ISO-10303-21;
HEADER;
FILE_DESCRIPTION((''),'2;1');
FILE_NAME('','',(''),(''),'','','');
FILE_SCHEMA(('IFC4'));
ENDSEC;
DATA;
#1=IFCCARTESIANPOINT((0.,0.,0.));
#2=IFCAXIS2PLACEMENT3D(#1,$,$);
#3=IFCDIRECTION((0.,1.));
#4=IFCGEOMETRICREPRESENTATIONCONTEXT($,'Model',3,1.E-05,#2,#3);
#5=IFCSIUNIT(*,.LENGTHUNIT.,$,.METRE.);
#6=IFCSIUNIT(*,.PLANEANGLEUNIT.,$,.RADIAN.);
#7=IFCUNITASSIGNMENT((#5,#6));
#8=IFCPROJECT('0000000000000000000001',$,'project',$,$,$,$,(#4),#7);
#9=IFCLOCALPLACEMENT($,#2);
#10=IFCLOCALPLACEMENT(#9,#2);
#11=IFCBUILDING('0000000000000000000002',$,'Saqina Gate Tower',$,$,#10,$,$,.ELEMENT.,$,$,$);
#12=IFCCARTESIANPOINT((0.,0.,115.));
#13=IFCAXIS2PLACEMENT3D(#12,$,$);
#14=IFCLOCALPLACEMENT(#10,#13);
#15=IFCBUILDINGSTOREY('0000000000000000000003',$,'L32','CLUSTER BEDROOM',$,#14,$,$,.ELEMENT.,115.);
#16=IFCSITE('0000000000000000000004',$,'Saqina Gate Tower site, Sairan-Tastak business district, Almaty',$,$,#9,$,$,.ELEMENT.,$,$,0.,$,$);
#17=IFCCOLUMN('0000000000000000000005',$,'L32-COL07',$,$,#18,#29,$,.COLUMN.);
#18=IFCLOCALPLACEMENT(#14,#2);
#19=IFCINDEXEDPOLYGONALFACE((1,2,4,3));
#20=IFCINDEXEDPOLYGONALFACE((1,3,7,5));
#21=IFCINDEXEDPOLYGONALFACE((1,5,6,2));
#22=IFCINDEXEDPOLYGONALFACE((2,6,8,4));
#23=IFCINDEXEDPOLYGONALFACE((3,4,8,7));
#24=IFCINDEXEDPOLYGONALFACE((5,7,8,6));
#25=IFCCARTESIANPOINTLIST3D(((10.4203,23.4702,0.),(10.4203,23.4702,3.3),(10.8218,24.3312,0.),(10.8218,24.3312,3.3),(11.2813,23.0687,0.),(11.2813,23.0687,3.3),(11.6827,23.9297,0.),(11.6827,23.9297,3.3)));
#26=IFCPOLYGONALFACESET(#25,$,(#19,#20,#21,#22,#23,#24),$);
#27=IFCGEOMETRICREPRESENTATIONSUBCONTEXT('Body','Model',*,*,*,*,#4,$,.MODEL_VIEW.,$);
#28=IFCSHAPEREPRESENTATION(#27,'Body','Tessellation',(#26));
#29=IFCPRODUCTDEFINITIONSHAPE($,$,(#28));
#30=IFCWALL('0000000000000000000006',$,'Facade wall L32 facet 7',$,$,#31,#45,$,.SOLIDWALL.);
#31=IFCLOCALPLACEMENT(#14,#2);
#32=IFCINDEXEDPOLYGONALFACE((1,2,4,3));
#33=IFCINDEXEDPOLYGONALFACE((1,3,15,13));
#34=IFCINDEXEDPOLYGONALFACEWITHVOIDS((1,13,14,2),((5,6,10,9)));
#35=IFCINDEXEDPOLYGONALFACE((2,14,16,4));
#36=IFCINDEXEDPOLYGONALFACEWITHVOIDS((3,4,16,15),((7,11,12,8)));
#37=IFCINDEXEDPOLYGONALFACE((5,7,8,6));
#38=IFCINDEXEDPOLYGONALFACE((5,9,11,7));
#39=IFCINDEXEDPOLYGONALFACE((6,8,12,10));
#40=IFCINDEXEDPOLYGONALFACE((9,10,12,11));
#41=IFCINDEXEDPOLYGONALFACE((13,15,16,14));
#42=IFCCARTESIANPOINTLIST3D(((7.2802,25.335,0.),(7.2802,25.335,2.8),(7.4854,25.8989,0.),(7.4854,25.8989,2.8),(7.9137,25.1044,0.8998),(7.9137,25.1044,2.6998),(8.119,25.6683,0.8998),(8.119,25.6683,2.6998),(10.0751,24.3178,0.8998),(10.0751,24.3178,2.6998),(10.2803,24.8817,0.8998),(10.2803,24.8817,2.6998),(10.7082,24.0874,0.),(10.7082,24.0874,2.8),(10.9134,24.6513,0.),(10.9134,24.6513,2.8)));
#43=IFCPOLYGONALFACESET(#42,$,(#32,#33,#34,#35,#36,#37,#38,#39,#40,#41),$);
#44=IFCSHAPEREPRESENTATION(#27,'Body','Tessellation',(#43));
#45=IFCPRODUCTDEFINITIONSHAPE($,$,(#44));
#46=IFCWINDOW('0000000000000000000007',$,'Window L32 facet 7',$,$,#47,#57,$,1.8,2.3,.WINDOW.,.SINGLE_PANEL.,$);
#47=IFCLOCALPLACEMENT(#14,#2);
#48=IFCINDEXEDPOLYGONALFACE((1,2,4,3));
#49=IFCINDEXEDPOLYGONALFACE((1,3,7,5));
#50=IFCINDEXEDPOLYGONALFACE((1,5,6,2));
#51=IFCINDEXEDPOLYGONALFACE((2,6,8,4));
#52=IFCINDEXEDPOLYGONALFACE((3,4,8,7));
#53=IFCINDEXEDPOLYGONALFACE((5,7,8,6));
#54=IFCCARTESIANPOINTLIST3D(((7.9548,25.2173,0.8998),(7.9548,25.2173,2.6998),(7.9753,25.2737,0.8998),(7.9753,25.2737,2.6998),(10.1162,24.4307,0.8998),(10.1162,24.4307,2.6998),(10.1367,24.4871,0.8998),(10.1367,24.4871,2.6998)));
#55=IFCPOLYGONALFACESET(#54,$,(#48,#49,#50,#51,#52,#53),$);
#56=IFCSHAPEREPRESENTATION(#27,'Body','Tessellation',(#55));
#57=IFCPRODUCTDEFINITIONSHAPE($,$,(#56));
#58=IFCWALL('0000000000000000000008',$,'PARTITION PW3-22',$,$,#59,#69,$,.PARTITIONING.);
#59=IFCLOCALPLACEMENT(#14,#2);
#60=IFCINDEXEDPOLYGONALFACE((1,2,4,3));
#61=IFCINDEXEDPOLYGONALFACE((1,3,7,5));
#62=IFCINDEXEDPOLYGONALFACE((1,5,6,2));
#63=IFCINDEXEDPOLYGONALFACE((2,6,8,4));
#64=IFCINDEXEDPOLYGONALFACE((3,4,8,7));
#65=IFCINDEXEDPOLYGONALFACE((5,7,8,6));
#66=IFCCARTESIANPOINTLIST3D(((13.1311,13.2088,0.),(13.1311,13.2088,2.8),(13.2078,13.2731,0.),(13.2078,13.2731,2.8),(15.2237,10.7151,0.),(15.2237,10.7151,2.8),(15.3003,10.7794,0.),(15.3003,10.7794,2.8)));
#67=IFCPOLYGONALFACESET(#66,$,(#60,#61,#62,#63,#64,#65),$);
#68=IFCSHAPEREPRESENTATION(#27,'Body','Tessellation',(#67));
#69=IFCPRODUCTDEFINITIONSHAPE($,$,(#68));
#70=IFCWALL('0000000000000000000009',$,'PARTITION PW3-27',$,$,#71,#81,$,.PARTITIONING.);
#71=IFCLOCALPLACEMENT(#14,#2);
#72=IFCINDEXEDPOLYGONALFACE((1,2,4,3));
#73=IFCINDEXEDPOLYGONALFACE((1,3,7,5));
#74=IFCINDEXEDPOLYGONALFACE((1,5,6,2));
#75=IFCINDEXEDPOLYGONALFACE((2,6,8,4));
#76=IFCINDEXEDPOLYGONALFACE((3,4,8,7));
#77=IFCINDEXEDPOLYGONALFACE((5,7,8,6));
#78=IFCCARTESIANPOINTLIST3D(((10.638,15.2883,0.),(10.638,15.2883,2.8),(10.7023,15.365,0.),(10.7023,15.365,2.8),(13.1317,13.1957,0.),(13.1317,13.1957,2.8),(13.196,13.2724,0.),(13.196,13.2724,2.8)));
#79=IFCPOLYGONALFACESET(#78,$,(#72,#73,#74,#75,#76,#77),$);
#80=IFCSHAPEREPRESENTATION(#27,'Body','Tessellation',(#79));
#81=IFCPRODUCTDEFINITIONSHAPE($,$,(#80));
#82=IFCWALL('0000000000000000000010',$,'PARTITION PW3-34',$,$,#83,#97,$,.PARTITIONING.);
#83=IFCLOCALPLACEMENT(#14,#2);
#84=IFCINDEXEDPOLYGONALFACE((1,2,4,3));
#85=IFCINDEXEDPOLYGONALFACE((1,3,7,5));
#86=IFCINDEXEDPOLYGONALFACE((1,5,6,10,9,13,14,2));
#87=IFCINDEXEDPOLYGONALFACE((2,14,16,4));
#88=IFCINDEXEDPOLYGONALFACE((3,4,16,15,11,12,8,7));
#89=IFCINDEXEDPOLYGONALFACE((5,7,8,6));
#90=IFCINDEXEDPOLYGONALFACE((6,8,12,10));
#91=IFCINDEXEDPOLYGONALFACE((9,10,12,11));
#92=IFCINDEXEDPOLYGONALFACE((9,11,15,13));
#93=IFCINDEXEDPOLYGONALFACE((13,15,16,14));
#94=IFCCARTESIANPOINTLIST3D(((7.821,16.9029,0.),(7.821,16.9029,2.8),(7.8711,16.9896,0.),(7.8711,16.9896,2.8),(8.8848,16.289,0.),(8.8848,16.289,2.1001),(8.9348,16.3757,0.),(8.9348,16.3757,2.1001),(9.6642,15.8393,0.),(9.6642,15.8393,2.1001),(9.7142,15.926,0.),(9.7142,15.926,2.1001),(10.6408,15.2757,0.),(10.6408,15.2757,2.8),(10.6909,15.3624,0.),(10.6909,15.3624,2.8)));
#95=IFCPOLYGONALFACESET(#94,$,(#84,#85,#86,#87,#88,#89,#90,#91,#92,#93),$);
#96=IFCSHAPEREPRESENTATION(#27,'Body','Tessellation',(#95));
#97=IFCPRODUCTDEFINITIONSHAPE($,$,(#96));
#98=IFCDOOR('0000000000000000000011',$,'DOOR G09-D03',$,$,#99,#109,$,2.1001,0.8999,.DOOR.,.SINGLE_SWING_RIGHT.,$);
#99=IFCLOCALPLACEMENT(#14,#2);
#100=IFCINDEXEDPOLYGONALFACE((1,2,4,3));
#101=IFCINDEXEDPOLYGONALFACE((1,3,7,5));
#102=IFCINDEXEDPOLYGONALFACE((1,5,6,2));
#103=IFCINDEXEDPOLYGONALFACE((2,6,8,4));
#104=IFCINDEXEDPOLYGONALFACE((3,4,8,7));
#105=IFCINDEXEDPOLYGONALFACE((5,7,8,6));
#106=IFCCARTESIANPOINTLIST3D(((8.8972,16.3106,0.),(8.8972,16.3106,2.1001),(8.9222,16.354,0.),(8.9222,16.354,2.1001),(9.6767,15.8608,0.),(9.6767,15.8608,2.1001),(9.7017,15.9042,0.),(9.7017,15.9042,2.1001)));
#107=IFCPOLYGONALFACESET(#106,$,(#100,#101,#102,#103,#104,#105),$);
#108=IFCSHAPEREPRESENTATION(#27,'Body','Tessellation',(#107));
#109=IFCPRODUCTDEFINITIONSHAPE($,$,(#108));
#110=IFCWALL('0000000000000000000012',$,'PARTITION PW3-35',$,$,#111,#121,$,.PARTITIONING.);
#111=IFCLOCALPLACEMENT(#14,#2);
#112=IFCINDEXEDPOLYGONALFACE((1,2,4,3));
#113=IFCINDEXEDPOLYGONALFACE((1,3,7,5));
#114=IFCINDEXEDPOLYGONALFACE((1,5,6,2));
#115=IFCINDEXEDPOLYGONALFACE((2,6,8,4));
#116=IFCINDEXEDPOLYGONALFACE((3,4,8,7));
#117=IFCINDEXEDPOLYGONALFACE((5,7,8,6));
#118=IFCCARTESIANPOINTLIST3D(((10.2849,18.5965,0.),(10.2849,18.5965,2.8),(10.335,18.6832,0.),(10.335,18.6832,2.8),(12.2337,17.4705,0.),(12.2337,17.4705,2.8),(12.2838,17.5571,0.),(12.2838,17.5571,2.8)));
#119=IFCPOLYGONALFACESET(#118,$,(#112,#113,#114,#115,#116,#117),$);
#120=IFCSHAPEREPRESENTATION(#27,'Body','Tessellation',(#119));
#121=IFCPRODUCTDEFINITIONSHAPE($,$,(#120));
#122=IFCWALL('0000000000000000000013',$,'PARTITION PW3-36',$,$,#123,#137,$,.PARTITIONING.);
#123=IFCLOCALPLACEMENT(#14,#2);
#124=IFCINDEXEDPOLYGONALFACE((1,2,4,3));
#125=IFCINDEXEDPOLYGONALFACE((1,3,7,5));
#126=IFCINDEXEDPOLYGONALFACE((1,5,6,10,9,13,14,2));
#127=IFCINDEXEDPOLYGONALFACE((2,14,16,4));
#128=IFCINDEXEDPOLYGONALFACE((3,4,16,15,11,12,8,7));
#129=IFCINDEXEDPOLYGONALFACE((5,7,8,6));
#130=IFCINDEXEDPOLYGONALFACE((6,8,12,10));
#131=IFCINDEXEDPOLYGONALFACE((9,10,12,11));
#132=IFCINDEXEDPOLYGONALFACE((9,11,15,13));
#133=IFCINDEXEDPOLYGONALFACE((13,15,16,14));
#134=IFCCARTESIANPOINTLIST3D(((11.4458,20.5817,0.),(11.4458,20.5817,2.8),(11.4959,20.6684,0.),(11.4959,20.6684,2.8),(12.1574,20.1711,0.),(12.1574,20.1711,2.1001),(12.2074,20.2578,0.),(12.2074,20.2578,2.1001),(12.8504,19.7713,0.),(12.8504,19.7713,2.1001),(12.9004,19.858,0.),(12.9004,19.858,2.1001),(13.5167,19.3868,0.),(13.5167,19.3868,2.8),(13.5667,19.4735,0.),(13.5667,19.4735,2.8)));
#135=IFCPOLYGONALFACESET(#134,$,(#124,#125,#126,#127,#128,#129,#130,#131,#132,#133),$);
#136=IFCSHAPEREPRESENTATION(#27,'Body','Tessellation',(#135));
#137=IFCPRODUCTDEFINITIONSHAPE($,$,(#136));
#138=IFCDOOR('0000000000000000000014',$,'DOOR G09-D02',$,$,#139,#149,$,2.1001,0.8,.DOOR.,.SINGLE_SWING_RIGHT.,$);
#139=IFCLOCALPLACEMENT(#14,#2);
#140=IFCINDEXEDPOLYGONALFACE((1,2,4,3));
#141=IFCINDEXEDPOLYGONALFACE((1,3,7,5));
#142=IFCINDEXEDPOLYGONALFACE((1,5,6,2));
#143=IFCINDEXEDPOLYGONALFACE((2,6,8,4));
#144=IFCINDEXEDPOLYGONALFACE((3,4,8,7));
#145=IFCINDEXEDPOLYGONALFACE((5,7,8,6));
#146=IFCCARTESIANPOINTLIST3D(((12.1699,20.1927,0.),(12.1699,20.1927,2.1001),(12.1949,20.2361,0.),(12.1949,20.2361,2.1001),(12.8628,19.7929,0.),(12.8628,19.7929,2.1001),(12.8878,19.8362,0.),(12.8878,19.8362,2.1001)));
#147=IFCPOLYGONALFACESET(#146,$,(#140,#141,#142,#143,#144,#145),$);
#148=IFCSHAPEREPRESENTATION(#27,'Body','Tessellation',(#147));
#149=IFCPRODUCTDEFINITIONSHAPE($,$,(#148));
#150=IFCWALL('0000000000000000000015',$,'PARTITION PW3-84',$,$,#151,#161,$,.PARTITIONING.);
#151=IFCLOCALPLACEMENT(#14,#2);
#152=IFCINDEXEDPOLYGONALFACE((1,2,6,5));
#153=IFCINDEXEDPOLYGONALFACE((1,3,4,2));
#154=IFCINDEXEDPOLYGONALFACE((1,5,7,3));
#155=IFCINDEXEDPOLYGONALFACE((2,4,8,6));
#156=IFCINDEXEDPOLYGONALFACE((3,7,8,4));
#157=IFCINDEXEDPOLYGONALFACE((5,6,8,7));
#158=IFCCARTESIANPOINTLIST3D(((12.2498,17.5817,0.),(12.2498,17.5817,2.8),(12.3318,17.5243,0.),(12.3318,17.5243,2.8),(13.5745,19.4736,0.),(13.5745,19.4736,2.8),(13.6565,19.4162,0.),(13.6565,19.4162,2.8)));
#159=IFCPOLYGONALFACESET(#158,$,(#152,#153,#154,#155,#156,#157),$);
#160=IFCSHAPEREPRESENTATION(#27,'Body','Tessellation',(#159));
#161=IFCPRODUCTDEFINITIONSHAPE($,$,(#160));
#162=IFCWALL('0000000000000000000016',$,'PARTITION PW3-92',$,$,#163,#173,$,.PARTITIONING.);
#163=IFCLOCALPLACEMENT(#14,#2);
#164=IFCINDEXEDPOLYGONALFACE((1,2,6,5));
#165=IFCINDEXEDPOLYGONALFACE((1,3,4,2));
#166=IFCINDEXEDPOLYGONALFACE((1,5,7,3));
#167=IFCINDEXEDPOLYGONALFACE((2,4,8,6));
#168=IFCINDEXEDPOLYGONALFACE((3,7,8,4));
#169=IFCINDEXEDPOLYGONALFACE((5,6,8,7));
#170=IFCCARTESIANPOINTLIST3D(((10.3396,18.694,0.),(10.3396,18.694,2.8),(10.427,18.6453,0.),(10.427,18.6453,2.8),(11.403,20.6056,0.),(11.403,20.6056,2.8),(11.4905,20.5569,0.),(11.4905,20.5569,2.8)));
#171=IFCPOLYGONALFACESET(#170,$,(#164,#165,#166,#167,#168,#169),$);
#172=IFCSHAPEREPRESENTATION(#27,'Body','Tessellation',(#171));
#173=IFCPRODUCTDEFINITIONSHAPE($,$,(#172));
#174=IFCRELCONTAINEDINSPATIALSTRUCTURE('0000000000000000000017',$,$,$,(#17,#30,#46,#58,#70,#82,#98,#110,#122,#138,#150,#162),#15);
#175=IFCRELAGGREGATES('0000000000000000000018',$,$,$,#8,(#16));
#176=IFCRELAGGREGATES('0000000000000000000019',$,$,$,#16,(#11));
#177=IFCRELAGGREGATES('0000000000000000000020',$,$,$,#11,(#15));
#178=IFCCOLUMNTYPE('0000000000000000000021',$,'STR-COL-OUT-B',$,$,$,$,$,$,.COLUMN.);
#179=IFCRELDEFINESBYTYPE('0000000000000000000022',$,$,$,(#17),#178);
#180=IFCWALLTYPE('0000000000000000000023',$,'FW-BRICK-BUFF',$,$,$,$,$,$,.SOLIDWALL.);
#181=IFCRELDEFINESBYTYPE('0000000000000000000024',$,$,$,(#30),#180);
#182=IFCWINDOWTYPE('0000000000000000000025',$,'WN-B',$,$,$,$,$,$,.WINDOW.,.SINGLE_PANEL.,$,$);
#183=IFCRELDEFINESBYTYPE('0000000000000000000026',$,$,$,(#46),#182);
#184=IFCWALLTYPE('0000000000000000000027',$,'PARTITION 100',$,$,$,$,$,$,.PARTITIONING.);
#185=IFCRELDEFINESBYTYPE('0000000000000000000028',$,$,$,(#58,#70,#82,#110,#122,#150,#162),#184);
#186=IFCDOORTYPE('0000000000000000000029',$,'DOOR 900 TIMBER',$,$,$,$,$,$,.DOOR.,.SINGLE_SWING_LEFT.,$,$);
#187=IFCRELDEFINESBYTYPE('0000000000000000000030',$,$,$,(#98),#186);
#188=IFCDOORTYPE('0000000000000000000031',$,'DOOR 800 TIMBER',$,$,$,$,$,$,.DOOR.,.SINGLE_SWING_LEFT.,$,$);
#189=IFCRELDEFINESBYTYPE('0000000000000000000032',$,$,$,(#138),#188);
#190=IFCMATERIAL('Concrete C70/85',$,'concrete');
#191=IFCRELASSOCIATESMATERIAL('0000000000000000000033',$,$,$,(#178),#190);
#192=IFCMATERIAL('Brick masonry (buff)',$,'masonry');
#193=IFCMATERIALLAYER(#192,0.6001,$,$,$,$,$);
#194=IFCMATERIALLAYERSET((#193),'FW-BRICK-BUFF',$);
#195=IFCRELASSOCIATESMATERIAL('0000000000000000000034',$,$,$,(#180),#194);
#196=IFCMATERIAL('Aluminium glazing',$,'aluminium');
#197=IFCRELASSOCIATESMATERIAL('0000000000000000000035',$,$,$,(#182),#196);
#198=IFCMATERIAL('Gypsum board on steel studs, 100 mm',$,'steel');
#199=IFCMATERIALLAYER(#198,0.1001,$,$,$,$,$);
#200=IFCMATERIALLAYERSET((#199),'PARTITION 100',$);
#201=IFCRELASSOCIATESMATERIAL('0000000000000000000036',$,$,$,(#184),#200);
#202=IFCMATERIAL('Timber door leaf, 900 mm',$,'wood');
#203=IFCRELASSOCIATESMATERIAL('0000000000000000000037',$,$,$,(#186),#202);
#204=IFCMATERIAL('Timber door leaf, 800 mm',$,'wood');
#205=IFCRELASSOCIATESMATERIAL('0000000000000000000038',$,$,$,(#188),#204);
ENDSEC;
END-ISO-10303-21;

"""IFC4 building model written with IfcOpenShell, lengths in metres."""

from ifc_helpers import new_model, si_unit, direction, frame, frame_2d, origin, origin_2d, place, context, subcontext, project, spatial, rectangle, extrude, material, layer, layer_set, material_profile, profile_set, type_object, element, fill, save


model = new_model("IFC4")

# Units and contexts
model_context = context("Model", 3, precision=1e-05, world=origin(), true_north=direction((0.0, 1.0)))
body_context = subcontext(model_context, "Body", "Model", "MODEL_VIEW")
ifc_project = project(units=[si_unit("LENGTHUNIT", "METRE"), si_unit("PLANEANGLEUNIT", "RADIAN")], contexts=[model_context])

# Site, building, storey
site_placement = place(None, origin())
site = spatial("IfcSite", under=ifc_project, at=site_placement, Name="Saqina Gate Tower site, Sairan-Tastak business district, Almaty", CompositionType="ELEMENT", RefElevation=0.0)
building_placement = place(site_placement, origin())
building = spatial("IfcBuilding", under=site, at=building_placement, Name="Saqina Gate Tower", CompositionType="ELEMENT")
storey_placement = place(building_placement, frame((0.0, 0.0, 115.0)))
storey = spatial("IfcBuildingStorey", under=building, at=storey_placement, Name="L32", Description="CLUSTER BEDROOM", CompositionType="ELEMENT", Elevation=115.0)

# Column
ifc_material_1 = material(Name="Concrete C70/85", Category="concrete")
ifc_material_profile = material_profile(ifc_material_1, rectangle(XDim=0.95, YDim=0.95, at=origin_2d()), Name="RC 950x950")
ifc_profile_set = profile_set([ifc_material_profile], Name="Concrete C70/85")
column_type = type_object("IfcColumnType", Name="STR-COL-OUT-B", PredefinedType="COLUMN", material=ifc_profile_set)
column_placement = place(storey_placement, frame((11.0515, 23.7, 0.0), z_axis=(0.0, 0.0, 1.0), x_axis=(0.422618, 0.906308, 0.0)))
element("IfcColumn", 1, at=column_placement, inside=storey, type_object=column_type, Name="L32-COL07", PredefinedType="COLUMN", context=body_context, shape_type="SweptSolid", body=[
    extrude(rectangle(XDim=0.95, YDim=0.95, at=origin_2d()), origin(), (0.0, 0.0, 1.0), 3.3),
])

# Wall, opening, window
ifc_material_2 = material(Name="Brick masonry (buff)", Category="masonry")
ifc_layer_1 = layer(ifc_material_2, 0.6001)
ifc_layer_set_1 = layer_set([ifc_layer_1], Name="FW-BRICK-BUFF")
wall_type_1 = type_object("IfcWallType", Name="FW-BRICK-BUFF", PredefinedType="SOLIDWALL", material=ifc_layer_set_1)
wall_1_placement = place(storey_placement, frame((10.8108, 24.3694, 0.0), z_axis=(0.0, 0.0, 1.0), x_axis=(-0.939704, 0.34199, 0.0)))
wall_1 = element("IfcWall", 2, at=wall_1_placement, inside=storey, type_object=wall_type_1, Name="Facade wall L32 facet 7", PredefinedType="SOLIDWALL", context=body_context, shape_type="SweptSolid", body=[
    extrude(rectangle(XDim=3.6479, YDim=0.6001, at=frame_2d((1.824, 0.0))), origin(), (0.0, 0.0, 1.0), 2.8),
])
opening_1_placement = place(wall_1_placement, frame((0.6738, 0.0, 0.8999)))
opening_1 = element("IfcOpeningElement", 3, at=opening_1_placement, cuts=wall_1, PredefinedType="OPENING", context=body_context, shape_type="SweptSolid", body=[
    extrude(rectangle(XDim=2.3, YDim=1.8, at=frame_2d((1.1499, 0.8999))), frame((0.0, 0.312, 0.0), z_axis=(0.0, -1.0, 0.0), x_axis=(1.0, 0.0, 0.0)), (0.0, 0.0, 1.0), 0.624),
])
ifc_material_3 = material(Name="Aluminium glazing", Category="aluminium")
window_type = type_object("IfcWindowType", Name="WN-B", PartitioningType="SINGLE_PANEL", PredefinedType="WINDOW", material=ifc_material_3)
window_placement = place(opening_1_placement, origin())
window = element("IfcWindow", 4, at=window_placement, inside=storey, type_object=window_type, Name="Window L32 facet 7", OverallHeight=1.8, OverallWidth=2.3, PartitioningType="SINGLE_PANEL", PredefinedType="WINDOW", context=body_context, shape_type="SweptSolid", body=[
    extrude(rectangle(XDim=2.3, YDim=1.8, at=frame_2d((1.1499, 0.8999))), frame((0.0, 0.1799, 0.0), z_axis=(0.0, -1.0, 0.0), x_axis=(1.0, 0.0, 0.0)), (0.0, 0.0, 1.0), 0.0601),
])
fill(opening_1, window)

# Walls
ifc_material_4 = material(Name="Gypsum board on steel studs, 100 mm", Category="steel")
ifc_layer_2 = layer(ifc_material_4, 0.1001)
ifc_layer_set_2 = layer_set([ifc_layer_2], Name="PARTITION 100")
wall_type_2 = type_object("IfcWallType", Name="PARTITION 100", PredefinedType="PARTITIONING", material=ifc_layer_set_2)
for number, where, z_axis, x_axis, name in (
    (5, (13.1694, 13.241, 0.0), (0.0, 0.0, 1.0), (0.642807, -0.766028, 0.0), "PARTITION PW3-22"),
    (6, (10.6702, 15.3267, 0.0), (0.0, 0.0, 1.0), (0.766028, -0.642807, 0.0), "PARTITION PW3-27"),
):
    element("IfcWall", number, at=place(storey_placement, frame(where, z_axis=z_axis, x_axis=x_axis)), inside=storey, type_object=wall_type_2, Name=name, PredefinedType="PARTITIONING", context=body_context, shape_type="SweptSolid", body=[
        extrude(rectangle(XDim=3.2554, YDim=0.1001, at=frame_2d((1.6277, 0.0))), origin(), (0.0, 0.0, 1.0), 2.8),
    ])

# Wall, opening, door
wall_2_placement = place(storey_placement, frame((7.8459, 16.9463, 0.0), z_axis=(0.0, 0.0, 1.0), x_axis=(0.866136, -0.499809, 0.0)))
wall_2 = element("IfcWall", 7, at=wall_2_placement, inside=storey, type_object=wall_type_2, Name="PARTITION PW3-34", PredefinedType="PARTITIONING", context=body_context, shape_type="SweptSolid", body=[
    extrude(rectangle(XDim=3.2556, YDim=0.1001, at=frame_2d((1.6279, 0.0))), origin(), (0.0, 0.0, 1.0), 2.8),
])
opening_2_placement = place(wall_2_placement, frame((1.2283, 0.0, 0.0)))
opening_2 = element("IfcOpeningElement", 8, at=opening_2_placement, cuts=wall_2, PredefinedType="OPENING", context=body_context, shape_type="SweptSolid", body=[
    extrude(rectangle(XDim=0.8999, YDim=2.1001, at=frame_2d((0.45, 1.05))), frame((0.0, 0.062, 0.0), z_axis=(0.0, -1.0, 0.0), x_axis=(1.0, 0.0, 0.0)), (0.0, 0.0, 1.0), 0.124),
])
ifc_material_5 = material(Name="Timber door leaf, 900 mm", Category="wood")
door_type_1 = type_object("IfcDoorType", Name="DOOR 900 TIMBER", OperationType="SINGLE_SWING_LEFT", PredefinedType="DOOR", material=ifc_material_5)
door_1_placement = place(opening_2_placement, origin())
door_1 = element("IfcDoor", 9, at=door_1_placement, inside=storey, type_object=door_type_1, Name="DOOR G09-D03", OperationType="SINGLE_SWING_RIGHT", OverallHeight=2.1001, OverallWidth=0.8999, PredefinedType="DOOR", context=body_context, shape_type="SweptSolid", body=[
    extrude(rectangle(XDim=0.8999, YDim=2.1001, at=frame_2d((0.45, 1.05))), frame((0.0, 0.0249, 0.0), z_axis=(0.0, -1.0, 0.0), x_axis=(1.0, 0.0, 0.0)), (0.0, 0.0, 1.0), 0.05),
])
fill(opening_2, door_1)

# Wall
wall_3_placement = place(storey_placement, frame((10.3098, 18.6399, 0.0), z_axis=(0.0, 0.0, 1.0), x_axis=(0.865857, -0.500292, 0.0)))
element("IfcWall", 10, at=wall_3_placement, inside=storey, type_object=wall_type_2, Name="PARTITION PW3-35", PredefinedType="PARTITIONING", context=body_context, shape_type="SweptSolid", body=[
    extrude(rectangle(XDim=2.2507, YDim=0.1001, at=frame_2d((1.1255, 0.0))), origin(), (0.0, 0.0, 1.0), 2.8),
])

# Wall, opening, door
wall_4_placement = place(storey_placement, frame((11.4709, 20.625, 0.0), z_axis=(0.0, 0.0, 1.0), x_axis=(0.866162, -0.499764, 0.0)))
wall_4 = element("IfcWall", 11, at=wall_4_placement, inside=storey, type_object=wall_type_2, Name="PARTITION PW3-36", PredefinedType="PARTITIONING", context=body_context, shape_type="SweptSolid", body=[
    extrude(rectangle(XDim=2.3909, YDim=0.1001, at=frame_2d((1.1953, 0.0))), origin(), (0.0, 0.0, 1.0), 2.8),
])
opening_3_placement = place(wall_4_placement, frame((0.8215, 0.0, 0.0)))
opening_3 = element("IfcOpeningElement", 12, at=opening_3_placement, cuts=wall_4, PredefinedType="OPENING", context=body_context, shape_type="SweptSolid", body=[
    extrude(rectangle(XDim=0.8, YDim=2.1001, at=frame_2d((0.3999, 1.05))), frame((0.0, 0.062, 0.0), z_axis=(0.0, -1.0, 0.0), x_axis=(1.0, 0.0, 0.0)), (0.0, 0.0, 1.0), 0.124),
])
ifc_material_6 = material(Name="Timber door leaf, 800 mm", Category="wood")
door_type_2 = type_object("IfcDoorType", Name="DOOR 800 TIMBER", OperationType="SINGLE_SWING_LEFT", PredefinedType="DOOR", material=ifc_material_6)
door_2_placement = place(opening_3_placement, origin())
door_2 = element("IfcDoor", 13, at=door_2_placement, inside=storey, type_object=door_type_2, Name="DOOR G09-D02", OperationType="SINGLE_SWING_RIGHT", OverallHeight=2.1001, OverallWidth=0.8, PredefinedType="DOOR", context=body_context, shape_type="SweptSolid", body=[
    extrude(rectangle(XDim=0.8, YDim=2.1001, at=frame_2d((0.3999, 1.05))), frame((0.0, 0.0249, 0.0), z_axis=(0.0, -1.0, 0.0), x_axis=(1.0, 0.0, 0.0)), (0.0, 0.0, 1.0), 0.05),
])
fill(opening_3, door_2)

# Walls
wall_5_placement = place(storey_placement, frame((12.2908, 17.553, 0.0), z_axis=(0.0, 0.0, 1.0), x_axis=(0.573583, 0.819147, 0.0)))
element("IfcWall", 14, at=wall_5_placement, inside=storey, type_object=wall_type_2, Name="PARTITION PW3-84", PredefinedType="PARTITIONING", context=body_context, shape_type="SweptSolid", body=[
    extrude(rectangle(XDim=2.3096, YDim=0.1001, at=frame_2d((1.1548, 0.0))), origin(), (0.0, 0.0, 1.0), 2.8),
])
wall_6_placement = place(storey_placement, frame((10.3833, 18.6697, 0.0), z_axis=(0.0, 0.0, 1.0), x_axis=(0.486155, 0.873873, 0.0)))
element("IfcWall", 15, at=wall_6_placement, inside=storey, type_object=wall_type_2, Name="PARTITION PW3-92", PredefinedType="PARTITIONING", context=body_context, shape_type="SweptSolid", body=[
    extrude(rectangle(XDim=2.1875, YDim=0.1001, at=frame_2d((1.0938, 0.0))), origin(), (0.0, 0.0, 1.0), 2.8),
])

save(model, "model.ifc")
